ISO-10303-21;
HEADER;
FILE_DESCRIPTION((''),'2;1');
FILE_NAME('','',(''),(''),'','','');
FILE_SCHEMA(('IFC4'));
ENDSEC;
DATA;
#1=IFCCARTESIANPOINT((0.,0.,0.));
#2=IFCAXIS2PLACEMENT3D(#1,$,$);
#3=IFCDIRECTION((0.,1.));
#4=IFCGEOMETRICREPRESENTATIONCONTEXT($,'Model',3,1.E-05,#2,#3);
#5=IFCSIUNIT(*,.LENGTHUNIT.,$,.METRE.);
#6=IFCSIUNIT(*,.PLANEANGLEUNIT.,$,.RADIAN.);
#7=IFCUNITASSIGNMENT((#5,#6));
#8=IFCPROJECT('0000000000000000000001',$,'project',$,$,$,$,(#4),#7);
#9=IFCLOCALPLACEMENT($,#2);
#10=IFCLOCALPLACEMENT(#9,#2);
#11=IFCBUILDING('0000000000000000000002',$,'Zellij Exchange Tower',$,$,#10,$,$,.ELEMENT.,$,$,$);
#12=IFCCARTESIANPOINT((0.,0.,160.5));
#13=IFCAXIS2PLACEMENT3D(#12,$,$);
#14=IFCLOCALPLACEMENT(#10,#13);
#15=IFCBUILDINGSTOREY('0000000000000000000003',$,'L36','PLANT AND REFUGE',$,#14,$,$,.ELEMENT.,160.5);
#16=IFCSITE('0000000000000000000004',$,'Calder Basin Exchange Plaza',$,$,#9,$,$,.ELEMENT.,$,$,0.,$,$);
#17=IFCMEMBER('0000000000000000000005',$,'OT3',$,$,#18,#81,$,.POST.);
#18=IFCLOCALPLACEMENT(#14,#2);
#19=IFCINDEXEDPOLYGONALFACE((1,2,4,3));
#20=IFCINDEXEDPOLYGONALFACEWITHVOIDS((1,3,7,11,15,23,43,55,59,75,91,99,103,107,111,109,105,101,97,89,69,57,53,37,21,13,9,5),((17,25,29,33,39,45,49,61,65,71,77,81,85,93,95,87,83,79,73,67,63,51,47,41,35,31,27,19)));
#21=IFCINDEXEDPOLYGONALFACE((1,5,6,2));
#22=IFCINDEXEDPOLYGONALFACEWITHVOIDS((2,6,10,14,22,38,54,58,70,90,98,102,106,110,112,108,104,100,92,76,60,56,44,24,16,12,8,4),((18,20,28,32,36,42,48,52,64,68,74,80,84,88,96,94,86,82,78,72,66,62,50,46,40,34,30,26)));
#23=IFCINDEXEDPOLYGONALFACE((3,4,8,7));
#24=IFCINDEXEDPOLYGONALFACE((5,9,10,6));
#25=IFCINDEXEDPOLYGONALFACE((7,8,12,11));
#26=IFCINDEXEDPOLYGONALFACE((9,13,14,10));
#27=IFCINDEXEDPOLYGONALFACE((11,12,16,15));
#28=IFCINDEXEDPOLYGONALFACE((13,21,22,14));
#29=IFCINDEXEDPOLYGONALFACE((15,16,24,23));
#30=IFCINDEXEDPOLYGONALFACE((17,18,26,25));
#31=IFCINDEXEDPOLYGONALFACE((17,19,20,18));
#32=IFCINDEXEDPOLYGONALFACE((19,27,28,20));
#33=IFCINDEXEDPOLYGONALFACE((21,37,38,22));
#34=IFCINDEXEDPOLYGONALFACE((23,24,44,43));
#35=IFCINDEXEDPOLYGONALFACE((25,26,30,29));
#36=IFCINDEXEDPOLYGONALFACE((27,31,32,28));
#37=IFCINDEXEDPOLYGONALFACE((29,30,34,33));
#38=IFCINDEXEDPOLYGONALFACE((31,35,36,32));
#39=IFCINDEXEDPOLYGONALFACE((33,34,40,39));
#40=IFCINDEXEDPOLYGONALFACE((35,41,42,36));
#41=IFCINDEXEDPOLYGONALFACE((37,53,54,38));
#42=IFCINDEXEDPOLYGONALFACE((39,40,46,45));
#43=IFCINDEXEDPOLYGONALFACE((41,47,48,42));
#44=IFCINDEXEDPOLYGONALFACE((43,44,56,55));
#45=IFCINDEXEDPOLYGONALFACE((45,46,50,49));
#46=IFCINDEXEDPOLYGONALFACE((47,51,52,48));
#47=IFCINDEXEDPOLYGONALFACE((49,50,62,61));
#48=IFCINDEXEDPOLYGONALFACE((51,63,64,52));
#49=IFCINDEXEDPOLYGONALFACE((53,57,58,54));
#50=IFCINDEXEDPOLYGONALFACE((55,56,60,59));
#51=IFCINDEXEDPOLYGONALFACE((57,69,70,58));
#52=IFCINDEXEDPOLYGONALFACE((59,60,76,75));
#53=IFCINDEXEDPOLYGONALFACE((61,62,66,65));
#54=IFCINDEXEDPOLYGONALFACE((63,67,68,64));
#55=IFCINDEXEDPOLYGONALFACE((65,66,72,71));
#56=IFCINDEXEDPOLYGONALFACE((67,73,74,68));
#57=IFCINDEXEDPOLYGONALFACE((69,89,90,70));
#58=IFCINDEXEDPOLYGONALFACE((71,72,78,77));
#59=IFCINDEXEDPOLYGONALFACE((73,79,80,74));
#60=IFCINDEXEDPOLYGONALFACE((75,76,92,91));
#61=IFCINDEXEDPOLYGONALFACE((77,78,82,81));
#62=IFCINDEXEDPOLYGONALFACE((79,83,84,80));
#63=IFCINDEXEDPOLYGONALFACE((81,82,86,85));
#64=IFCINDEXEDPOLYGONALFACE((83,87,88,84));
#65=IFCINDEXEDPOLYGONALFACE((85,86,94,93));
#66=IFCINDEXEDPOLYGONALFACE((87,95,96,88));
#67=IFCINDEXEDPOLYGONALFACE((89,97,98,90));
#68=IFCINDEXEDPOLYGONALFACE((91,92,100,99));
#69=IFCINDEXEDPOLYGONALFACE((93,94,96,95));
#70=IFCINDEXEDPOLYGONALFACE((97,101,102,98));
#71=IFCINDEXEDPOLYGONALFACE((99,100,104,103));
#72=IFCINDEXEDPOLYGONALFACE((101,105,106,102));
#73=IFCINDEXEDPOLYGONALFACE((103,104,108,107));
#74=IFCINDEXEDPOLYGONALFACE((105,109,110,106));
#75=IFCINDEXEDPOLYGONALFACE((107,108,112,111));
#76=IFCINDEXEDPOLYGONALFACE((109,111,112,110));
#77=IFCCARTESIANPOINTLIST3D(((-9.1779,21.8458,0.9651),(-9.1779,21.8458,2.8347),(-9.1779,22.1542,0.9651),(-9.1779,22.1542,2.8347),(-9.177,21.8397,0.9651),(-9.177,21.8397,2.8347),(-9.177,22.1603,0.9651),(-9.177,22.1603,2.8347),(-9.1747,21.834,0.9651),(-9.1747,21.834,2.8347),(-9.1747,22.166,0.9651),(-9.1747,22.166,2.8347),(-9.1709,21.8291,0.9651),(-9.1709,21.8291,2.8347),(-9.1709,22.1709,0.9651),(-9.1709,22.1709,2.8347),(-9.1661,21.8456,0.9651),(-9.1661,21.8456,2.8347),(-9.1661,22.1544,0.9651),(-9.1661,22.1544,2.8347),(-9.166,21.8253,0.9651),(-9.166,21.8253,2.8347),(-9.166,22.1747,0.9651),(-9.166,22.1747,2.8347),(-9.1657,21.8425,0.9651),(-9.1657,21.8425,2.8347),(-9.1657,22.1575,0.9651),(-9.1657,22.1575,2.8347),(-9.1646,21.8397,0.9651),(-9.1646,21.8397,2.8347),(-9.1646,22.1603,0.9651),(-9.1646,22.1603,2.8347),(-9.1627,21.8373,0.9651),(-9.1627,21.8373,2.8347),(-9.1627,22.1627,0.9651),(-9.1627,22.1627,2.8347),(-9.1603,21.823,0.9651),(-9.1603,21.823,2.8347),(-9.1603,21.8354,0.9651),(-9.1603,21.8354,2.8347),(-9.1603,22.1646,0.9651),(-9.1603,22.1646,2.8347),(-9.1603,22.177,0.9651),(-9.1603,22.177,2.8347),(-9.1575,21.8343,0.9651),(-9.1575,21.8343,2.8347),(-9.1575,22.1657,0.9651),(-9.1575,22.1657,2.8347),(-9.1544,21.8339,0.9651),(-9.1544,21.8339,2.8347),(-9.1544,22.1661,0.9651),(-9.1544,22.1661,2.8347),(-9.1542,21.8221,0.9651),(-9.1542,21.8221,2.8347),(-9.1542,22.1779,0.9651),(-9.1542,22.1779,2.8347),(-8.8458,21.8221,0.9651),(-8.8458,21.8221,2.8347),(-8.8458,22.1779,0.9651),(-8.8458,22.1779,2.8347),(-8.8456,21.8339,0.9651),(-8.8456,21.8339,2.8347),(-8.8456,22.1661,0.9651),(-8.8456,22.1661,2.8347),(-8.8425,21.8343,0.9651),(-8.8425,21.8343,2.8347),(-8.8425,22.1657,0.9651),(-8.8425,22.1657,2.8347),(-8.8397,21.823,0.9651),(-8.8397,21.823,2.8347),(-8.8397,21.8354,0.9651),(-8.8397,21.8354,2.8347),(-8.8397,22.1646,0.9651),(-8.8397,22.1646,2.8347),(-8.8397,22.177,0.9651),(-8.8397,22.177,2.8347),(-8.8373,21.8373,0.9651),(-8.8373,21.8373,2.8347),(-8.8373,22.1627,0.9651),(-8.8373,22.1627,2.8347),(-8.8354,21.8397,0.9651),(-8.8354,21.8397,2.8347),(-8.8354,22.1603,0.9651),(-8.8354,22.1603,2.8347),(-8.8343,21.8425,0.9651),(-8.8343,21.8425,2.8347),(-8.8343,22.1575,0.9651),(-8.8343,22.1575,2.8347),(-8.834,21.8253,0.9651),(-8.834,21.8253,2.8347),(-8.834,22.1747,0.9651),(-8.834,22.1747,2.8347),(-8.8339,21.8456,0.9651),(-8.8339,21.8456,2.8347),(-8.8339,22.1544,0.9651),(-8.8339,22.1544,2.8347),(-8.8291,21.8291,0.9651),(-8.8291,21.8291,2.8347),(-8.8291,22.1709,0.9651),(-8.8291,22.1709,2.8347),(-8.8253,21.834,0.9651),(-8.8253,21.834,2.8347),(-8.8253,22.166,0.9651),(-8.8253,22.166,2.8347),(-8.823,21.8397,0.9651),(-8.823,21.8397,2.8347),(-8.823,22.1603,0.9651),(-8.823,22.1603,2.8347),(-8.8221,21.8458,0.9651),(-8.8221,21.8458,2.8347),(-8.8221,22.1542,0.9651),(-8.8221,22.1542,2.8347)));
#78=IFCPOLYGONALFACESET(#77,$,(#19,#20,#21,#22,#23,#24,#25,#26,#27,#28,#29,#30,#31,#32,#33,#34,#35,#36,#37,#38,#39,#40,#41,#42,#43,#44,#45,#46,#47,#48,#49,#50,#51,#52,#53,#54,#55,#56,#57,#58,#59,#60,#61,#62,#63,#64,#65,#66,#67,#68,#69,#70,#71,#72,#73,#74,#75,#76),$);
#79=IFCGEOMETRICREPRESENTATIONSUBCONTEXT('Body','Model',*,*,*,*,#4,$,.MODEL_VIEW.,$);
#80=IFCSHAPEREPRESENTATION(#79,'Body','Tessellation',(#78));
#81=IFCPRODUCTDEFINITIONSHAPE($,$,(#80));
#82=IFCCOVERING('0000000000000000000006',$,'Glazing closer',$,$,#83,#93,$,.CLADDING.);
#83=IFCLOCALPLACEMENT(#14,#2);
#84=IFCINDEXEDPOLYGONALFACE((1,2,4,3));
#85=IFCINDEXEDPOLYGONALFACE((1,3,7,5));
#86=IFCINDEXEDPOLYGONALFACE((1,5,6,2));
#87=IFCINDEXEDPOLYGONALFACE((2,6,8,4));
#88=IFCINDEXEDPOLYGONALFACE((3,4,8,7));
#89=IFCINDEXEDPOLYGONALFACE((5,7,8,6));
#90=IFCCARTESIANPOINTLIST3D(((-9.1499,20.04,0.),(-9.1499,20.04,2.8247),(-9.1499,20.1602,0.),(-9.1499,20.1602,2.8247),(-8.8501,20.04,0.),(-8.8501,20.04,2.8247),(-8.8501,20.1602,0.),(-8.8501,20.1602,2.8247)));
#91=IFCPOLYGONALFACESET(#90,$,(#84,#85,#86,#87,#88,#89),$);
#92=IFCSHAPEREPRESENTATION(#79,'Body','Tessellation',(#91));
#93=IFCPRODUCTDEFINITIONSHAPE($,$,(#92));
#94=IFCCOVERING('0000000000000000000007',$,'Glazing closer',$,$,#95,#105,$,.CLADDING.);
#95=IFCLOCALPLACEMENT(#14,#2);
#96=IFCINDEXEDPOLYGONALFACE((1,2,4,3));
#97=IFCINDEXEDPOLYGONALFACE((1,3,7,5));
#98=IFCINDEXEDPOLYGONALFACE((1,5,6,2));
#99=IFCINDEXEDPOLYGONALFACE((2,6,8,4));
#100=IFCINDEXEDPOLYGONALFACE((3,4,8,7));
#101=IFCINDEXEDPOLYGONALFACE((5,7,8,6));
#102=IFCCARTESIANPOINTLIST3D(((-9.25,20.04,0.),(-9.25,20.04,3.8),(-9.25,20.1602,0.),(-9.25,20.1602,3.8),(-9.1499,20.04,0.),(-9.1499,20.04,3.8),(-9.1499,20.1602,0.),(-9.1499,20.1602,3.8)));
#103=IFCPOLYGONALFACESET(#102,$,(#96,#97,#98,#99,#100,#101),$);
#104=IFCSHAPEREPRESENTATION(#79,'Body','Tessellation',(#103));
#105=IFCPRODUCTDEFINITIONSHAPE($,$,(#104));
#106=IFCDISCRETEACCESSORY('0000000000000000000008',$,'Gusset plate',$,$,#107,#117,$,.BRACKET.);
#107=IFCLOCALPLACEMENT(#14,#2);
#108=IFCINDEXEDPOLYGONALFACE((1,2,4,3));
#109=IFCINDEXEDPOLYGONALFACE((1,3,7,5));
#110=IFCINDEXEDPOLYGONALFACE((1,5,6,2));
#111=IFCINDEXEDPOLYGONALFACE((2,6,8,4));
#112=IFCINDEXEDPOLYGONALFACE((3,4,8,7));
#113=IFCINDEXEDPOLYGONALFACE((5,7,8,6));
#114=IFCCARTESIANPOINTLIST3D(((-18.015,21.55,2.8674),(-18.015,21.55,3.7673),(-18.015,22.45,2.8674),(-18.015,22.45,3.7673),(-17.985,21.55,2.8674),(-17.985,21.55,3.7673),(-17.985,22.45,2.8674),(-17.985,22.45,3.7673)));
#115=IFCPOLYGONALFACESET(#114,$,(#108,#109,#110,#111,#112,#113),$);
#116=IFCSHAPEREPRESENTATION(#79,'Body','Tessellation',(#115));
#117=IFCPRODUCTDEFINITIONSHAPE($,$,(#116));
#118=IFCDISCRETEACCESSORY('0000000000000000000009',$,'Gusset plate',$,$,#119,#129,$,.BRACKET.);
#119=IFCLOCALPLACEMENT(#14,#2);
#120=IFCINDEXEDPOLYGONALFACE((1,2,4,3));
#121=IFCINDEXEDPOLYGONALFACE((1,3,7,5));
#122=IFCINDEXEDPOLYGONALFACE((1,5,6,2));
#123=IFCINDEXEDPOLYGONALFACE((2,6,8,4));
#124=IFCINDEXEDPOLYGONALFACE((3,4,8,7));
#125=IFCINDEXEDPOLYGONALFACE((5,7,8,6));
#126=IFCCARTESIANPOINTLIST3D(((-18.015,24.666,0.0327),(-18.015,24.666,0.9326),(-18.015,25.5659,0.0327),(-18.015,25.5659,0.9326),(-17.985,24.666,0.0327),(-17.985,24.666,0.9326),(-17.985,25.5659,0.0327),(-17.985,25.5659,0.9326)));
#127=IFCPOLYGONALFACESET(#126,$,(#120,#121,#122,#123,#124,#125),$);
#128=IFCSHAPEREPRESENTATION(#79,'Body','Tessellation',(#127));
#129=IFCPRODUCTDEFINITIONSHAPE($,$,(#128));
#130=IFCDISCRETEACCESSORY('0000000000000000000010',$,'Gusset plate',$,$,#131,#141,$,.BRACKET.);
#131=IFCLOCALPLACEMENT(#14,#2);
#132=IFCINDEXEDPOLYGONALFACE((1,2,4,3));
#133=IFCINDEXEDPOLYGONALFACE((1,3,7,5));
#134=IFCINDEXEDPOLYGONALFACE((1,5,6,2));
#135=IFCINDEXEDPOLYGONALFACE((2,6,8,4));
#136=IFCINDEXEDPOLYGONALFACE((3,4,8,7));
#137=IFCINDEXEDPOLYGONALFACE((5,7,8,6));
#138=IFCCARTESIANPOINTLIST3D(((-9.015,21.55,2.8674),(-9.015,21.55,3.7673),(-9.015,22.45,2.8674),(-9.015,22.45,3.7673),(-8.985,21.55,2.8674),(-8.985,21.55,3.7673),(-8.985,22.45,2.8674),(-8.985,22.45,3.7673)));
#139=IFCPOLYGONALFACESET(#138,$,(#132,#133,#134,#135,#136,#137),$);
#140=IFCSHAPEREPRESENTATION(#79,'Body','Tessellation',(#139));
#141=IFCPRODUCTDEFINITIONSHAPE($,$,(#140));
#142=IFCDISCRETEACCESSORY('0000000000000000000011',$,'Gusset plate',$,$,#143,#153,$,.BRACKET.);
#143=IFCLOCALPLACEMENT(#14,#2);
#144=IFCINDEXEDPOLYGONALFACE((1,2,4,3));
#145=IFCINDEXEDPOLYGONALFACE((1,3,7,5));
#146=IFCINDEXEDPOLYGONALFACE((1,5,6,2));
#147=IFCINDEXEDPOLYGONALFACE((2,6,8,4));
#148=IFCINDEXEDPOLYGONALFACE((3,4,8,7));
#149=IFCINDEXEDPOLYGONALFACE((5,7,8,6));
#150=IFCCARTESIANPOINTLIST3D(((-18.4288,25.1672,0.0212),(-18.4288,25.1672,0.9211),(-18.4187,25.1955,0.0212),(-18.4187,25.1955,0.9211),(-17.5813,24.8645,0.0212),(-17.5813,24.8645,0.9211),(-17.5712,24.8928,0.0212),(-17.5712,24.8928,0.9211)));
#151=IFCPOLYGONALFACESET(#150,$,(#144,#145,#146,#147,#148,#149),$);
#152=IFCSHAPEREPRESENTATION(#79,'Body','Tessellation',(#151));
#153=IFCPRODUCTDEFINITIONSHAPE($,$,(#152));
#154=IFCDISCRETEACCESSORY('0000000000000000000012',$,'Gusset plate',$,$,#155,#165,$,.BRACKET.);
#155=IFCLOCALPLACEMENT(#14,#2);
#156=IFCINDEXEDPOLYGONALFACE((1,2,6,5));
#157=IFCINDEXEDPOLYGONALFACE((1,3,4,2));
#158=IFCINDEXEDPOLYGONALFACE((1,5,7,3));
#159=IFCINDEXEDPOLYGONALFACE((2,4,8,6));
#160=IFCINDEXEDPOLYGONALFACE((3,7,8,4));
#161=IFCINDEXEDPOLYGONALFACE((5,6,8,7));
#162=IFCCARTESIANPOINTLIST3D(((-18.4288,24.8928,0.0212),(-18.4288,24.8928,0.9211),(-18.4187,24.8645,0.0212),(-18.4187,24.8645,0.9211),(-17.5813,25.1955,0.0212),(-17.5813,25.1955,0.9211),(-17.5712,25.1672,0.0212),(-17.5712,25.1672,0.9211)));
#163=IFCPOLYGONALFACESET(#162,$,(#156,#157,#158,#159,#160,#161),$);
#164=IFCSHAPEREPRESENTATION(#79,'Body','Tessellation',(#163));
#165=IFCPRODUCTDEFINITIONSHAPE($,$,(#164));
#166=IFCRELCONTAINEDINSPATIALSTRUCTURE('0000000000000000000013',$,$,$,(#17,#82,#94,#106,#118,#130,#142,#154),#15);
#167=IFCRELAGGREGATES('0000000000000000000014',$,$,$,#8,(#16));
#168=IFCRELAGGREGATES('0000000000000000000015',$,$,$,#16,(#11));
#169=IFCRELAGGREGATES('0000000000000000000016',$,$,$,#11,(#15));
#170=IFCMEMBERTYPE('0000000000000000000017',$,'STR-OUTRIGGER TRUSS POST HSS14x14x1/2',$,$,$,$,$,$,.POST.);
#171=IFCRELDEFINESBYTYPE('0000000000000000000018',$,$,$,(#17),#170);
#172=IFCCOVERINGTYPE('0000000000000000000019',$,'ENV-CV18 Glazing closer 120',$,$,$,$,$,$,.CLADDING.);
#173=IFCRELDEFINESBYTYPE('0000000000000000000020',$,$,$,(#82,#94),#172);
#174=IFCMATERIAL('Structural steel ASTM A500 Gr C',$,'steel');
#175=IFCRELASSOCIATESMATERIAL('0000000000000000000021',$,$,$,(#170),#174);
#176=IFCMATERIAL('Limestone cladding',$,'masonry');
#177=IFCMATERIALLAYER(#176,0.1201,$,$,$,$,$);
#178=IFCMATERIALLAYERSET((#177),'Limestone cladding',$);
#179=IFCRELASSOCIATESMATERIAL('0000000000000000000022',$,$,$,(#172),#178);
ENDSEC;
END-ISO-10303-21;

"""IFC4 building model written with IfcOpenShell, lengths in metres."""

from ifc_helpers import new_model, si_unit, direction, frame, origin, origin_2d, place, context, subcontext, project, spatial, rectangle, hollow_rectangle, extrude, material, layer, layer_set, material_profile, profile_set, type_object, element, save


model = new_model("IFC4")

# Units and contexts
model_context = context("Model", 3, precision=1e-05, world=origin(), true_north=direction((0.0, 1.0)))
body_context = subcontext(model_context, "Body", "Model", "MODEL_VIEW")
ifc_project = project(units=[si_unit("LENGTHUNIT", "METRE"), si_unit("PLANEANGLEUNIT", "RADIAN")], contexts=[model_context])

# Site, building, storey
site_placement = place(None, origin())
site = spatial("IfcSite", under=ifc_project, at=site_placement, Name="Calder Basin Exchange Plaza", CompositionType="ELEMENT", RefElevation=0.0)
building_placement = place(site_placement, origin())
building = spatial("IfcBuilding", under=site, at=building_placement, Name="Zellij Exchange Tower", CompositionType="ELEMENT")
storey_placement = place(building_placement, frame((0.0, 0.0, 160.5)))
storey = spatial("IfcBuildingStorey", under=building, at=storey_placement, Name="L36", Description="PLANT AND REFUGE", CompositionType="ELEMENT", Elevation=160.5)

# Shared definitions
ifc_material_1 = material(Name="Structural steel ASTM A500 Gr C", Category="steel")

# Member
ifc_material_profile_1 = material_profile(ifc_material_1, hollow_rectangle(XDim=0.3557, YDim=0.3557, WallThickness=0.0117, InnerFilletRadius=0.0117, OuterFilletRadius=0.0237, at=origin_2d()), Name="STR-OUTRIGGER TRUSS POST HSS14x14x1/2")
ifc_profile_set_1 = profile_set([ifc_material_profile_1], Name="Structural steel ASTM A500 Gr C")
member_type_1 = type_object("IfcMemberType", Name="STR-OUTRIGGER TRUSS POST HSS14x14x1/2", PredefinedType="POST", material=ifc_profile_set_1)
for number, where, z_axis, x_axis, name in (
    (1, (-9.0, 22.0, 0.9651), (0.0, 0.0, 1.0), (1.0, 0.0, 0.0), "OT3"),
):
    element("IfcMember", number, at=place(storey_placement, frame(where, z_axis=z_axis, x_axis=x_axis)), inside=storey, type_object=member_type_1, Name=name, PredefinedType="POST", context=body_context, shape_type="SweptSolid", body=[
        extrude(hollow_rectangle(XDim=0.3557, YDim=0.3557, WallThickness=0.0117, InnerFilletRadius=0.0117, OuterFilletRadius=0.0237, at=origin_2d()), origin(), (0.0, 0.0, 1.0), 1.8696),
    ])

# Coverings
ifc_material_2 = material(Name="Limestone cladding", Category="masonry")
ifc_layer = layer(ifc_material_2, 0.1201)
ifc_layer_set = layer_set([ifc_layer], Name="Limestone cladding")
covering_type = type_object("IfcCoveringType", Name="ENV-CV18 Glazing closer 120", PredefinedType="CLADDING", material=ifc_layer_set)
covering_1_placement = place(storey_placement, frame((-9.0, 20.1001, 0.0), z_axis=(0.0, 0.0, 1.0), x_axis=(-1.0, 0.0, 0.0)))
element("IfcCovering", 2, at=covering_1_placement, inside=storey, type_object=covering_type, Name="Glazing closer", PredefinedType="CLADDING", context=body_context, shape_type="SweptSolid", body=[
    extrude(rectangle(XDim=0.2998, YDim=0.1201, at=origin_2d()), origin(), (0.0, 0.0, 1.0), 2.8247),
])
covering_2_placement = place(storey_placement, frame((-9.2, 20.1001, 0.0), z_axis=(0.0, 0.0, 1.0), x_axis=(-1.0, 0.0, 0.0)))
element("IfcCovering", 3, at=covering_2_placement, inside=storey, type_object=covering_type, Name="Glazing closer", PredefinedType="CLADDING", context=body_context, shape_type="SweptSolid", body=[
    extrude(rectangle(XDim=0.1001, YDim=0.1201, at=origin_2d()), origin(), (0.0, 0.0, 1.0), 3.8),
])

# Discrete accessories
for number, where, z_axis, x_axis, name in (
    (4, (-18.0, 22.0, 2.8674), (0.0, 0.0, 1.0), (0.0, 1.0, 0.0), "Gusset plate"),
    (5, (-18.0, 25.116, 0.0327), (0.0, 0.0, 1.0), (0.0, 1.0, 0.0), "Gusset plate"),
    (6, (-9.0, 22.0, 2.8674), (0.0, 0.0, 1.0), (0.0, 1.0, 0.0), "Gusset plate"),
    (7, (-18.0, 25.03, 0.0212), (0.0, 0.0, 1.0), (0.941725, -0.336384, 0.0), "Gusset plate"),
    (8, (-18.0, 25.03, 0.0212), (0.0, 0.0, 1.0), (0.941725, 0.336384, 0.0), "Gusset plate"),
):
    element("IfcDiscreteAccessory", number, at=place(storey_placement, frame(where, z_axis=z_axis, x_axis=x_axis)), inside=storey, Name=name, PredefinedType="BRACKET", context=body_context, shape_type="SweptSolid", body=[
        extrude(rectangle(XDim=0.8999, YDim=0.03, at=origin_2d()), origin(), (0.0, 0.0, 1.0), 0.8999),
    ])

save(model, "model.ifc")
